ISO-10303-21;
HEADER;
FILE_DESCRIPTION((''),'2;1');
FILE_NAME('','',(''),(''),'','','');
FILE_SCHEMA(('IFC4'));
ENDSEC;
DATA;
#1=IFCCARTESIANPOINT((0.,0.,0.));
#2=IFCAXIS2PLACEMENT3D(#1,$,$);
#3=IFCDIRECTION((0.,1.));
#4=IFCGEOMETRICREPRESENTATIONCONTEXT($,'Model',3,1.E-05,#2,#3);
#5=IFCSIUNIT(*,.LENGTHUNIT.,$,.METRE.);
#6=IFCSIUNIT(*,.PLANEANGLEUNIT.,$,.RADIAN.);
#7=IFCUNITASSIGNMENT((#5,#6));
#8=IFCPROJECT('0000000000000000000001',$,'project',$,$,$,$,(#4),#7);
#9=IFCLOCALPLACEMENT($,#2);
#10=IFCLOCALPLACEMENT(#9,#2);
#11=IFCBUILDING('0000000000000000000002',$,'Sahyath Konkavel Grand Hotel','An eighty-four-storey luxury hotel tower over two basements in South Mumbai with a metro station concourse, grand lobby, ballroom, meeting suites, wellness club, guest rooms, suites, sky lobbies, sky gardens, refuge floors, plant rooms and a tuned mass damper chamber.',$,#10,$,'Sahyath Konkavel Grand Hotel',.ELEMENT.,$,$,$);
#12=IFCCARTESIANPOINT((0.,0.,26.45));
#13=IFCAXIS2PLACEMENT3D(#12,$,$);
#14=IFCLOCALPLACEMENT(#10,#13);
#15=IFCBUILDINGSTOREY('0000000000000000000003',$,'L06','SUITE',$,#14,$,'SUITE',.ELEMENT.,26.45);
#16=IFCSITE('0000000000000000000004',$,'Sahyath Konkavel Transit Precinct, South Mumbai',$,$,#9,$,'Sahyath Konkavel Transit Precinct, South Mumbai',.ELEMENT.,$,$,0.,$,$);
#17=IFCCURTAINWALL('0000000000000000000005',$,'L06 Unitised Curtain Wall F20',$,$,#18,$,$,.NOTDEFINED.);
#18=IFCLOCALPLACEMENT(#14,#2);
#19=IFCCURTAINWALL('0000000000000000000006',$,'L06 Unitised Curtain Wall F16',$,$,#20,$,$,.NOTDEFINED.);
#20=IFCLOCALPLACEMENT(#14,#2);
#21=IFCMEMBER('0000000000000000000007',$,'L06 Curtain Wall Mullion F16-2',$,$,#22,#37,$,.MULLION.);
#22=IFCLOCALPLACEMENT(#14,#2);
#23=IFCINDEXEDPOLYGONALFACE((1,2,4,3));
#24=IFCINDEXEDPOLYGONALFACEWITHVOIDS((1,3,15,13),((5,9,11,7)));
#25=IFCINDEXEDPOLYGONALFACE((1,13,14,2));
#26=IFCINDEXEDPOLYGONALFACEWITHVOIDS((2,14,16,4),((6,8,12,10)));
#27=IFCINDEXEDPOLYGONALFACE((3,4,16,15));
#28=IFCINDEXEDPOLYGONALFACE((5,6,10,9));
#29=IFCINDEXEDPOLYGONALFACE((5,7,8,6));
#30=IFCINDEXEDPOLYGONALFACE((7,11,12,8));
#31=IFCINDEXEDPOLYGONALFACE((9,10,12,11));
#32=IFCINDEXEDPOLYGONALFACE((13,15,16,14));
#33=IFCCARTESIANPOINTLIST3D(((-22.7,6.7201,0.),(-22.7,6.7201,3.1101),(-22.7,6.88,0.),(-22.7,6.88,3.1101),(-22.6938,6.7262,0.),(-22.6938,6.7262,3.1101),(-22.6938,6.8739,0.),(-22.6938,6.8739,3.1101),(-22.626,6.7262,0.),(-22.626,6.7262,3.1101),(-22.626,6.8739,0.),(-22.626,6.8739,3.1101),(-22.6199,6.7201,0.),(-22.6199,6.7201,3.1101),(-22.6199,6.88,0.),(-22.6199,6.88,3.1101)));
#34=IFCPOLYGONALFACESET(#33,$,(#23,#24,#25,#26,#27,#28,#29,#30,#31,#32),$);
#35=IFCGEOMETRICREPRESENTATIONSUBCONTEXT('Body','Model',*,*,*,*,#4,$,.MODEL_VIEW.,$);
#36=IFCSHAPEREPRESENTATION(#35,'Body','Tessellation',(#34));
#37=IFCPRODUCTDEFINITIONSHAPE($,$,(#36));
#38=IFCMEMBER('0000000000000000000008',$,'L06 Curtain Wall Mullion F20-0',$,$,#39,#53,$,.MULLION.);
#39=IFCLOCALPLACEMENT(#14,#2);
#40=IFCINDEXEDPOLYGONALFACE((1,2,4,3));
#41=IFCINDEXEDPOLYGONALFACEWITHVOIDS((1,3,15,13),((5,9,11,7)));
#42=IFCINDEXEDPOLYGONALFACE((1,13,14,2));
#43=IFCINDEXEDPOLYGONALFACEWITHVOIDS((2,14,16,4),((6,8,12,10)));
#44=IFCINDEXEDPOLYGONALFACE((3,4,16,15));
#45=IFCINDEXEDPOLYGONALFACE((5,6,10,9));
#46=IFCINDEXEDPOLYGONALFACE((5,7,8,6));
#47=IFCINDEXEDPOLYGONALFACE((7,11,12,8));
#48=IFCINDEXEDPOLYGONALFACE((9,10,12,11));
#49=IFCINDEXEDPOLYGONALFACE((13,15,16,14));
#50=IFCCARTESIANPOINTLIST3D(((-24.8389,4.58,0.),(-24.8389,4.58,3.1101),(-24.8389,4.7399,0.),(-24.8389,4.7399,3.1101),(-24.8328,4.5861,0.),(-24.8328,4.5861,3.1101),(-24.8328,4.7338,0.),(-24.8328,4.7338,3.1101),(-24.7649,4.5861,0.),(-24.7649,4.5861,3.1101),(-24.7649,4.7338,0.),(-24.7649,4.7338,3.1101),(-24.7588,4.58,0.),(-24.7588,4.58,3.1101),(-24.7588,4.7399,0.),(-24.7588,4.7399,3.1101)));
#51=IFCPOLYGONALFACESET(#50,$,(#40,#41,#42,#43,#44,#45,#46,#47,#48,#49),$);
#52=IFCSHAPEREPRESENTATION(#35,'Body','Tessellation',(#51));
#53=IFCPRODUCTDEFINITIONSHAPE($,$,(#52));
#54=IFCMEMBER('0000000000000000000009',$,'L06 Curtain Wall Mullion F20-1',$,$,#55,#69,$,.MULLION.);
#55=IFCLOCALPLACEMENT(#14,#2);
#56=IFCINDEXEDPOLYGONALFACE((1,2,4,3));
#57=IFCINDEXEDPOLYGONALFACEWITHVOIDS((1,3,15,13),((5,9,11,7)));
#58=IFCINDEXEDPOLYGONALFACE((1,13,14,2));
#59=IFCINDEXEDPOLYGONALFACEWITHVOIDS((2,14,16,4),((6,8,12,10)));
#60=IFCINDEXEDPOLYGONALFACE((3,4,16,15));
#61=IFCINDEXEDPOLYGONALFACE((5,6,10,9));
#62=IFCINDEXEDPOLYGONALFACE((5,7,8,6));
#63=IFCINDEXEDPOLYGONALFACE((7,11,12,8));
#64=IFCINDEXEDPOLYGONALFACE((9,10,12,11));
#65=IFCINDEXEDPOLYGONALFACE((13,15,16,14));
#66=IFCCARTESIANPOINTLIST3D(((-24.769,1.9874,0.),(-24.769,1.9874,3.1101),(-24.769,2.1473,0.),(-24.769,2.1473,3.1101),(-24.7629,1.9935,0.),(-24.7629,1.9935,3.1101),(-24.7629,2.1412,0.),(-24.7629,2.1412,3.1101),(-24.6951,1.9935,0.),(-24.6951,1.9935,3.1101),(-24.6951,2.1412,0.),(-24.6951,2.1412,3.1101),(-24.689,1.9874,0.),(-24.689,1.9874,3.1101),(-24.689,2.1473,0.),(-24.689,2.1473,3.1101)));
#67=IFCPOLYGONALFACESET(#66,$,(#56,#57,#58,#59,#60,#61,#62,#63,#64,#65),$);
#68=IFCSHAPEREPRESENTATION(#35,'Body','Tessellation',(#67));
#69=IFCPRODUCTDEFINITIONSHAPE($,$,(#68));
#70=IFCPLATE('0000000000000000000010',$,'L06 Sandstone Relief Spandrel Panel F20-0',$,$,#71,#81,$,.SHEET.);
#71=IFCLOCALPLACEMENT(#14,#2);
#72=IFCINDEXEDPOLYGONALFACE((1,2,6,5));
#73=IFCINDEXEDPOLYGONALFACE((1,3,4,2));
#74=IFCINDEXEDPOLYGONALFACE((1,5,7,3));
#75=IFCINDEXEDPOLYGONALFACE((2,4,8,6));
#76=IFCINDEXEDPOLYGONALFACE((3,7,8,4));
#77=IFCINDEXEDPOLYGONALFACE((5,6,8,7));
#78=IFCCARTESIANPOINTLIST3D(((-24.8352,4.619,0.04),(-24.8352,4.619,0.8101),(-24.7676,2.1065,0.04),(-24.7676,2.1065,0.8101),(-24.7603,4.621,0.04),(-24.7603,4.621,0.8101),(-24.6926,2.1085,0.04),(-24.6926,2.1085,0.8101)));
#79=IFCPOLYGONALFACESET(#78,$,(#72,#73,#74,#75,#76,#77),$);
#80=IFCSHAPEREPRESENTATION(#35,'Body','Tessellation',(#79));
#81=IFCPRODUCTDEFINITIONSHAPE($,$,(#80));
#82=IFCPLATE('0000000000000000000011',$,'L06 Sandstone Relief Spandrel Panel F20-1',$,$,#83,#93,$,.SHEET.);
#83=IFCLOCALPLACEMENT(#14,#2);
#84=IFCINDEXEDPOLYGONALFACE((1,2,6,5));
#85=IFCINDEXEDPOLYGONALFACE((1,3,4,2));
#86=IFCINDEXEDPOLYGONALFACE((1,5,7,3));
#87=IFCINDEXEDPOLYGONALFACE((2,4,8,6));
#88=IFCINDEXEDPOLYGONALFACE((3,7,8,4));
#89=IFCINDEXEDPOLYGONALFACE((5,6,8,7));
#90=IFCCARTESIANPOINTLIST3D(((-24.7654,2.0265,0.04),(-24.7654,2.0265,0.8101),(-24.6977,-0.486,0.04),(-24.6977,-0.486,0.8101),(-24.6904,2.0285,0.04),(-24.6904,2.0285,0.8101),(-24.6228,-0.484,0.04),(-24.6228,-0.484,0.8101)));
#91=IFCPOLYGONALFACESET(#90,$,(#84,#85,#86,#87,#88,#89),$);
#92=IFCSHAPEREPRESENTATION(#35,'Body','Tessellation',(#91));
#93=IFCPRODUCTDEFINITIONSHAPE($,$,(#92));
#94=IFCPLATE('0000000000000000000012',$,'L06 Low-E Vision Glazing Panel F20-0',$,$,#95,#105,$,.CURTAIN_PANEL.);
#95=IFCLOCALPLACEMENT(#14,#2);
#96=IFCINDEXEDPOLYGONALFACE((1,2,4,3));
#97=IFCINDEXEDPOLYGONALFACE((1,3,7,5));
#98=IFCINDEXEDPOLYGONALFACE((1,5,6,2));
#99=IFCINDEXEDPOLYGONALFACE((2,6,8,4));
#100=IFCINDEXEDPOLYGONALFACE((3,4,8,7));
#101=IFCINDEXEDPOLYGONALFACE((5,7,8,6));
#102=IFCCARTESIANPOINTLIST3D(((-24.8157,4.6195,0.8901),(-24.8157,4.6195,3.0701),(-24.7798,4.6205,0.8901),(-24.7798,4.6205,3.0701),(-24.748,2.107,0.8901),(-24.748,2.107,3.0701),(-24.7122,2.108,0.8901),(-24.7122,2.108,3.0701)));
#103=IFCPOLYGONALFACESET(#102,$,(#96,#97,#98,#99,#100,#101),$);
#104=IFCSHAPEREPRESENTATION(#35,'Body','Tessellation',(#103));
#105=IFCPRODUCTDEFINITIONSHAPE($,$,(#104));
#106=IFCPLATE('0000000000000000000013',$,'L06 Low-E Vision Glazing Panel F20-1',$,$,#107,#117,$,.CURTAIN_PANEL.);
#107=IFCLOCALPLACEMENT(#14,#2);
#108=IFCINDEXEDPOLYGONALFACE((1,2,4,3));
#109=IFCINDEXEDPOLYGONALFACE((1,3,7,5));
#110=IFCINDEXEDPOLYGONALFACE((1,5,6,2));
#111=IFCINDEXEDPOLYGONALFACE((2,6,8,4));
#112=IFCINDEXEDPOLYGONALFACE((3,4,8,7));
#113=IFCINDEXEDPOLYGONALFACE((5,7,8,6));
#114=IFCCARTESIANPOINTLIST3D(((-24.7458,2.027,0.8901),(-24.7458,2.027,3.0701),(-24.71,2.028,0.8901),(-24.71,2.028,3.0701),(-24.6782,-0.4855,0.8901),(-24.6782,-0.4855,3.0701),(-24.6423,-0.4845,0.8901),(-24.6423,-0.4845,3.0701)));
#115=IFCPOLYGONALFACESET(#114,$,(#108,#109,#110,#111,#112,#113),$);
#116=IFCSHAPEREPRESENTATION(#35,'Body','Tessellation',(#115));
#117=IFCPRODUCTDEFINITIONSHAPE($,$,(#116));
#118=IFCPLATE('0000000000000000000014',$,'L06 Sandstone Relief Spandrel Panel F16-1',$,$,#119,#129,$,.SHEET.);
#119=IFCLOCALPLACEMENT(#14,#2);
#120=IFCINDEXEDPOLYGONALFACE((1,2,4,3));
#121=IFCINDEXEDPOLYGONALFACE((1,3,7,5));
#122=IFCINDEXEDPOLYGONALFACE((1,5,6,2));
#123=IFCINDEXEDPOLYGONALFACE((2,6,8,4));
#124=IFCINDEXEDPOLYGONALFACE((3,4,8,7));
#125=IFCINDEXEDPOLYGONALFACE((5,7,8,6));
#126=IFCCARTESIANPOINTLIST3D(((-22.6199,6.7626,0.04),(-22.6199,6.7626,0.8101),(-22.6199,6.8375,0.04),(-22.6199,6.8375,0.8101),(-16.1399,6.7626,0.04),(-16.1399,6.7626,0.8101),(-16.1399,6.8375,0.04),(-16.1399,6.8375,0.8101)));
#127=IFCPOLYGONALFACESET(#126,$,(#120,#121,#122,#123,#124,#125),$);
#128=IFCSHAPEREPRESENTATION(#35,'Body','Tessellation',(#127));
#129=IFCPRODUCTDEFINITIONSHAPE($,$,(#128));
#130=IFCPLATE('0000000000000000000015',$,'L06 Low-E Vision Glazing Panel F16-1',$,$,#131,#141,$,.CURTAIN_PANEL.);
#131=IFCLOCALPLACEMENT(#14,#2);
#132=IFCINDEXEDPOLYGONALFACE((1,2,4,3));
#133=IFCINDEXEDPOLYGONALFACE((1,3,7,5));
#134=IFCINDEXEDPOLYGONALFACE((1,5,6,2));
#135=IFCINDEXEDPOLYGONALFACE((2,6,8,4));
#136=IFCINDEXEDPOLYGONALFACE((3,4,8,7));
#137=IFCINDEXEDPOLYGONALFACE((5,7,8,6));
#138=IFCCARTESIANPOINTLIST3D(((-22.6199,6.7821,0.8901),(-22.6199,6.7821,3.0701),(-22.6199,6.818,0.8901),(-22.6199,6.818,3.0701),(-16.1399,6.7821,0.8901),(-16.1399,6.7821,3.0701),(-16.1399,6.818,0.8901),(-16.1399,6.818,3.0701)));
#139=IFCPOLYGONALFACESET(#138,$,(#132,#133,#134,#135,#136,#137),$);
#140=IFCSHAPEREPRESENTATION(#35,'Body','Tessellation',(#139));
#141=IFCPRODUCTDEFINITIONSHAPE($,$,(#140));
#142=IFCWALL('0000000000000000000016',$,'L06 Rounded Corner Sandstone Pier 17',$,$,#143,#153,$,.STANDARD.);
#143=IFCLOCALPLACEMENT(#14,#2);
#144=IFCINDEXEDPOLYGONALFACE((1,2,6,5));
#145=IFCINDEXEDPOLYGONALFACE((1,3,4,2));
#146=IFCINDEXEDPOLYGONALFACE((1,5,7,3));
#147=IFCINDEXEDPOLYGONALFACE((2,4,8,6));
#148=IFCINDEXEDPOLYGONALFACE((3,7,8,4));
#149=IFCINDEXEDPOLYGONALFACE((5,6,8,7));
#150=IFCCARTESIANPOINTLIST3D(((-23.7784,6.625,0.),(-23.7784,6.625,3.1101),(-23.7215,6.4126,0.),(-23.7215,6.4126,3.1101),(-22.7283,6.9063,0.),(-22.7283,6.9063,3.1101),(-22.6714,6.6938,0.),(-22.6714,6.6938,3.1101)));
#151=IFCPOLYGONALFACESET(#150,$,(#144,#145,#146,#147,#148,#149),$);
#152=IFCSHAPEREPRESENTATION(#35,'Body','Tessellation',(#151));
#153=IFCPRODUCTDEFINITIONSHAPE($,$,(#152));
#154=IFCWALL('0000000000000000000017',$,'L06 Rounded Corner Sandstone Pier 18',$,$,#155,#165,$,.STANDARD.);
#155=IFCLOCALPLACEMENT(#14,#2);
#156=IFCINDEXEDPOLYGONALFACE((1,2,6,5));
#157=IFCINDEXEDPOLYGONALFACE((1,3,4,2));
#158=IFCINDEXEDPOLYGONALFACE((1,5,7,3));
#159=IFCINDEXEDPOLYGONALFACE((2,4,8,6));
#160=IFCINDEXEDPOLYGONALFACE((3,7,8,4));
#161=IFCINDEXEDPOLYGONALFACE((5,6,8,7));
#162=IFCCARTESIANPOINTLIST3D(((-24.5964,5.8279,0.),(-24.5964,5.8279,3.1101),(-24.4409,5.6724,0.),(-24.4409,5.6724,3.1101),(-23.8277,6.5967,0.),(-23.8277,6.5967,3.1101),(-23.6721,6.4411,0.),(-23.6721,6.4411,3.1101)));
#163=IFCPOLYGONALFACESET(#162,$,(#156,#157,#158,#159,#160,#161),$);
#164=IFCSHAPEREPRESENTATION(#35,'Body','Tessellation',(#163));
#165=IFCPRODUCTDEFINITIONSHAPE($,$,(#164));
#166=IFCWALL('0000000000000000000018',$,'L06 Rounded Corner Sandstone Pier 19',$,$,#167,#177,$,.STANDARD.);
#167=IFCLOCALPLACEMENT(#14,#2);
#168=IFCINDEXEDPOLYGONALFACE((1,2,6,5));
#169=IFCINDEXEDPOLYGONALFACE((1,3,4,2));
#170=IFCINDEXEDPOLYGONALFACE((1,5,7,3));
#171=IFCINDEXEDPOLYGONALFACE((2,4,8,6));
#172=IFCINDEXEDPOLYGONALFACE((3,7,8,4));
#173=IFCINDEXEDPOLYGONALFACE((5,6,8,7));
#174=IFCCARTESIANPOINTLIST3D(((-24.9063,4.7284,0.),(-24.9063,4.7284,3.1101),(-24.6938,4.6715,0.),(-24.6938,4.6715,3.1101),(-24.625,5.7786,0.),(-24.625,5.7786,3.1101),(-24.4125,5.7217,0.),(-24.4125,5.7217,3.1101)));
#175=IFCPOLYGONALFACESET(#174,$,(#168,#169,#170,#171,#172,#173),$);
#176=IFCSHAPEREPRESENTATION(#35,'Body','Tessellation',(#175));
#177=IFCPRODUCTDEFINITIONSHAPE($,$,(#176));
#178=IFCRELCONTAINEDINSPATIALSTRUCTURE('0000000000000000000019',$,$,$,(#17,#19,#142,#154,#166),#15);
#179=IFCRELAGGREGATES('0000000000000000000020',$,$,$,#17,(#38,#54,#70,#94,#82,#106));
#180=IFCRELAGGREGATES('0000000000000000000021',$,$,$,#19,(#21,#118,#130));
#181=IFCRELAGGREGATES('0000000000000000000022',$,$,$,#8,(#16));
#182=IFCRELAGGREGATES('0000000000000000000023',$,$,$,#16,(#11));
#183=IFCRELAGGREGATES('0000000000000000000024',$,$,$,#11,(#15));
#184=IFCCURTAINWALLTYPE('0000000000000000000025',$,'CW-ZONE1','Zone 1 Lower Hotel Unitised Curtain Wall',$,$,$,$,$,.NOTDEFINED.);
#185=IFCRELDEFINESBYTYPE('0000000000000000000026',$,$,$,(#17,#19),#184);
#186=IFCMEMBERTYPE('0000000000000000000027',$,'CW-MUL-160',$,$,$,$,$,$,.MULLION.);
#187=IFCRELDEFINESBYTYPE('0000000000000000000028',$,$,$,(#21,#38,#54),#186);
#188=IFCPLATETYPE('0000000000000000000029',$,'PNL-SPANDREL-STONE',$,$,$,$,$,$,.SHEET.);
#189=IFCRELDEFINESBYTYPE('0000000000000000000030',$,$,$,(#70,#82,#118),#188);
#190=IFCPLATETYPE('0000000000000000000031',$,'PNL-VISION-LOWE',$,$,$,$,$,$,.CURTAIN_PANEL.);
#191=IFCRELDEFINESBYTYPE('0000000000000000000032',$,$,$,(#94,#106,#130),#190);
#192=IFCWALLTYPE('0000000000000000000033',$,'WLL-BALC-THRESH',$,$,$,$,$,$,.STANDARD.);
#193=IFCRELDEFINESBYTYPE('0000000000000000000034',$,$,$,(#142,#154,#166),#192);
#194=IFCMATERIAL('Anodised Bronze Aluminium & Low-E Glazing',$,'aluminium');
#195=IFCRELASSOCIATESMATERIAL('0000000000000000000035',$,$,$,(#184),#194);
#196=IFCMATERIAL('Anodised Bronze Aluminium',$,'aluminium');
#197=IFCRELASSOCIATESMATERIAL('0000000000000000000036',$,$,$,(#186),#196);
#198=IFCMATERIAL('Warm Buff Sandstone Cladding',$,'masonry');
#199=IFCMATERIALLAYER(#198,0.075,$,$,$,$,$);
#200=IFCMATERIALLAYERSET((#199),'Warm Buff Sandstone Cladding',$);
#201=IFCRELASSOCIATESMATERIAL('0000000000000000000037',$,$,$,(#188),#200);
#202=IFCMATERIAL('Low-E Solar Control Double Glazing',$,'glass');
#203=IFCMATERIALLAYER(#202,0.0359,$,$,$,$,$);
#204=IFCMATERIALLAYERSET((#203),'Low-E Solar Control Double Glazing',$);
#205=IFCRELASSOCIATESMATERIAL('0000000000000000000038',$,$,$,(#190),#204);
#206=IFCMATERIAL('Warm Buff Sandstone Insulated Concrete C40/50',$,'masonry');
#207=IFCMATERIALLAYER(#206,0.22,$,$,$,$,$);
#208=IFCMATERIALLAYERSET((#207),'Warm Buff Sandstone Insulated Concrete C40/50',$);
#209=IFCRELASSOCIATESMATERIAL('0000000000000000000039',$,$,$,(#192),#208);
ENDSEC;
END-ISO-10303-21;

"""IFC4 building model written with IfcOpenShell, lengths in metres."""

from ifc_helpers import new_model, si_unit, direction, frame, frame_2d, origin, origin_2d, place, context, subcontext, project, spatial, rectangle, hollow_rectangle, extrude, source, transform, mapped, material, layer, layer_set, material_profile, profile_set, type_object, element, aggregate, save


model = new_model("IFC4")

# Units and contexts
model_context = context("Model", 3, precision=1e-05, world=origin(), true_north=direction((0.0, 1.0)))
body_context = subcontext(model_context, "Body", "Model", "MODEL_VIEW")
ifc_project = project(units=[si_unit("LENGTHUNIT", "METRE"), si_unit("PLANEANGLEUNIT", "RADIAN")], contexts=[model_context])

# Site, building, storey
site_placement = place(None, origin())
site = spatial("IfcSite", under=ifc_project, at=site_placement, Name="Sahyath Konkavel Transit Precinct, South Mumbai", LongName="Sahyath Konkavel Transit Precinct, South Mumbai", CompositionType="ELEMENT", RefElevation=0.0)
building_placement = place(site_placement, origin())
building = spatial("IfcBuilding", under=site, at=building_placement, Name="Sahyath Konkavel Grand Hotel", Description="An eighty-four-storey luxury hotel tower over two basements in South Mumbai with a metro station concourse, grand lobby, ballroom, meeting suites, wellness club, guest rooms, suites, sky lobbies, sky gardens, refuge floors, plant rooms and a tuned mass damper chamber.", LongName="Sahyath Konkavel Grand Hotel", CompositionType="ELEMENT")
storey_placement = place(building_placement, frame((0.0, 0.0, 26.45)))
storey = spatial("IfcBuildingStorey", under=building, at=storey_placement, Name="L06", Description="SUITE", LongName="SUITE", CompositionType="ELEMENT", Elevation=26.45)

# Curtain walls, member
ifc_material_1 = material(Name="Anodised Bronze Aluminium & Low-E Glazing", Category="aluminium")
curtain_wall_type = type_object("IfcCurtainWallType", Name="CW-ZONE1", Description="Zone 1 Lower Hotel Unitised Curtain Wall", PredefinedType="NOTDEFINED", material=ifc_material_1)
curtain_wall_1_placement = place(storey_placement, origin())
curtain_wall_1 = element("IfcCurtainWall", 1, at=curtain_wall_1_placement, inside=storey, type_object=curtain_wall_type, Name="L06 Unitised Curtain Wall F20", PredefinedType="NOTDEFINED")
ifc_material_2 = material(Name="Anodised Bronze Aluminium", Category="aluminium")
curtain_wall_2_placement = place(storey_placement, origin())
curtain_wall_2 = element("IfcCurtainWall", 2, at=curtain_wall_2_placement, inside=storey, type_object=curtain_wall_type, Name="L06 Unitised Curtain Wall F16", PredefinedType="NOTDEFINED")
ifc_material_profile_1 = material_profile(ifc_material_2, hollow_rectangle(XDim=0.0801, YDim=0.1599, WallThickness=0.0061, at=origin_2d()), Name="RHS 160x80x6")
ifc_profile_set_1 = profile_set([ifc_material_profile_1], Name="Anodised Bronze Aluminium")
member_type_1 = type_object("IfcMemberType", Name="CW-MUL-160", PredefinedType="MULLION", material=ifc_profile_set_1)
shared_shape_1 = source(origin(), body_context, "Body", "SweptSolid", [
    extrude(hollow_rectangle(XDim=0.0801, YDim=0.1599, WallThickness=0.0061, at=origin_2d()), origin(), (0.0, 0.0, 1.0), 3.1101),
])
member_1_placement = place(storey_placement, frame((-22.6599, 6.8, 0.0), z_axis=(0.0, 0.0, 1.0), x_axis=(1.0, 0.0, 0.0)))
member_1 = element("IfcMember", 3, at=member_1_placement, type_object=member_type_1, Name="L06 Curtain Wall Mullion F16-2", PredefinedType="MULLION", context=body_context, shape_type="MappedRepresentation", body=[
    mapped(shared_shape_1, transform((0.0, 0.0, 0.0), scale=1.0)),
])

# Members
member_2_placement = place(storey_placement, frame((-24.7988, 4.6599, 0.0), z_axis=(0.0, 0.0, 1.0), x_axis=(1.0, 0.0, 0.0)))
member_2 = element("IfcMember", 4, at=member_2_placement, type_object=member_type_1, Name="L06 Curtain Wall Mullion F20-0", PredefinedType="MULLION", context=body_context, shape_type="MappedRepresentation", body=[
    mapped(shared_shape_1, transform((0.0, 0.0, 0.0), scale=1.0)),
])
member_3_placement = place(storey_placement, frame((-24.729, 2.0674, 0.0), z_axis=(0.0, 0.0, 1.0), x_axis=(1.0, 0.0, 0.0)))
member_3 = element("IfcMember", 5, at=member_3_placement, type_object=member_type_1, Name="L06 Curtain Wall Mullion F20-1", PredefinedType="MULLION", context=body_context, shape_type="MappedRepresentation", body=[
    mapped(shared_shape_1, transform((0.0, 0.0, 0.0), scale=1.0)),
])

# Plates
ifc_material_3 = material(Name="Warm Buff Sandstone Cladding", Category="masonry")
ifc_layer_1 = layer(ifc_material_3, 0.075)
ifc_layer_set_1 = layer_set([ifc_layer_1], Name="Warm Buff Sandstone Cladding")
plate_type_1 = type_object("IfcPlateType", Name="PNL-SPANDREL-STONE", PredefinedType="SHEET", material=ifc_layer_set_1)
shared_shape_2 = source(origin(), body_context, "Body", "SweptSolid", [
    extrude(rectangle(XDim=2.5134, YDim=0.075, at=origin_2d()), origin(), (0.0, 0.0, 1.0), 0.77),
])
plate_1_placement = place(storey_placement, frame((-24.7639, 3.3638, 0.04), z_axis=(0.0, 0.0, 1.0), x_axis=(0.02691, -0.999638, 0.0)))
plate_1 = element("IfcPlate", 6, at=plate_1_placement, type_object=plate_type_1, Name="L06 Sandstone Relief Spandrel Panel F20-0", PredefinedType="SHEET", context=body_context, shape_type="MappedRepresentation", body=[
    mapped(shared_shape_2, transform((0.0, 0.0, 0.0), scale=1.0)),
])
plate_2_placement = place(storey_placement, frame((-24.6941, 0.7712, 0.04), z_axis=(0.0, 0.0, 1.0), x_axis=(0.02691, -0.999638, 0.0)))
plate_2 = element("IfcPlate", 7, at=plate_2_placement, type_object=plate_type_1, Name="L06 Sandstone Relief Spandrel Panel F20-1", PredefinedType="SHEET", context=body_context, shape_type="MappedRepresentation", body=[
    mapped(shared_shape_2, transform((0.0, 0.0, 0.0), scale=1.0)),
])
ifc_material_4 = material(Name="Low-E Solar Control Double Glazing", Category="glass")
ifc_layer_2 = layer(ifc_material_4, 0.0359)
ifc_layer_set_2 = layer_set([ifc_layer_2], Name="Low-E Solar Control Double Glazing")
plate_type_2 = type_object("IfcPlateType", Name="PNL-VISION-LOWE", PredefinedType="CURTAIN_PANEL", material=ifc_layer_set_2)
shared_shape_3 = source(origin(), body_context, "Body", "SweptSolid", [
    extrude(rectangle(XDim=2.5134, YDim=0.0359, at=origin_2d()), origin(), (0.0, 0.0, 1.0), 2.1799),
])
plate_3_placement = place(storey_placement, frame((-24.7639, 3.3638, 0.8901), z_axis=(0.0, 0.0, 1.0), x_axis=(0.02691, -0.999638, 0.0)))
plate_3 = element("IfcPlate", 8, at=plate_3_placement, type_object=plate_type_2, Name="L06 Low-E Vision Glazing Panel F20-0", PredefinedType="CURTAIN_PANEL", context=body_context, shape_type="MappedRepresentation", body=[
    mapped(shared_shape_3, transform((0.0, 0.0, 0.0), scale=1.0)),
])
plate_4_placement = place(storey_placement, frame((-24.6941, 0.7712, 0.8901), z_axis=(0.0, 0.0, 1.0), x_axis=(0.02691, -0.999638, 0.0)))
plate_4 = element("IfcPlate", 9, at=plate_4_placement, type_object=plate_type_2, Name="L06 Low-E Vision Glazing Panel F20-1", PredefinedType="CURTAIN_PANEL", context=body_context, shape_type="MappedRepresentation", body=[
    mapped(shared_shape_3, transform((0.0, 0.0, 0.0), scale=1.0)),
])
aggregate(curtain_wall_1, [member_2, member_3, plate_1, plate_3, plate_2, plate_4])
shared_shape_4 = source(origin(), body_context, "Body", "SweptSolid", [
    extrude(rectangle(XDim=6.48, YDim=0.075, at=origin_2d()), origin(), (0.0, 0.0, 1.0), 0.77),
])
plate_5_placement = place(storey_placement, frame((-19.3799, 6.8, 0.04), z_axis=(0.0, 0.0, 1.0), x_axis=(-1.0, 0.0, 0.0)))
plate_5 = element("IfcPlate", 10, at=plate_5_placement, type_object=plate_type_1, Name="L06 Sandstone Relief Spandrel Panel F16-1", PredefinedType="SHEET", context=body_context, shape_type="MappedRepresentation", body=[
    mapped(shared_shape_4, transform((0.0, 0.0, 0.0), scale=1.0)),
])
shared_shape_5 = source(origin(), body_context, "Body", "SweptSolid", [
    extrude(rectangle(XDim=6.48, YDim=0.0359, at=origin_2d()), origin(), (0.0, 0.0, 1.0), 2.1799),
])
plate_6_placement = place(storey_placement, frame((-19.3799, 6.8, 0.8901), z_axis=(0.0, 0.0, 1.0), x_axis=(-1.0, 0.0, 0.0)))
plate_6 = element("IfcPlate", 11, at=plate_6_placement, type_object=plate_type_2, Name="L06 Low-E Vision Glazing Panel F16-1", PredefinedType="CURTAIN_PANEL", context=body_context, shape_type="MappedRepresentation", body=[
    mapped(shared_shape_5, transform((0.0, 0.0, 0.0), scale=1.0)),
])
aggregate(curtain_wall_2, [member_1, plate_5, plate_6])

# Walls
ifc_material_5 = material(Name="Warm Buff Sandstone Insulated Concrete C40/50", Category="masonry")
ifc_layer_3 = layer(ifc_material_5, 0.22)
ifc_layer_set_3 = layer_set([ifc_layer_3], Name="Warm Buff Sandstone Insulated Concrete C40/50")
wall_type_1 = type_object("IfcWallType", Name="WLL-BALC-THRESH", PredefinedType="STANDARD", material=ifc_layer_set_3)
for number, where, z_axis, x_axis, name in (
    (12, (-22.7, 6.8, 0.0), (0.0, 0.0, 1.0), (-0.965951, -0.258725, 0.0), "L06 Rounded Corner Sandstone Pier 17"),
    (13, (-23.75, 6.5188, 0.0), (0.0, 0.0, 1.0), (-0.707107, -0.707107, 0.0), "L06 Rounded Corner Sandstone Pier 18"),
    (14, (-24.5188, 5.75, 0.0), (0.0, 0.0, 1.0), (-0.258725, -0.965951, 0.0), "L06 Rounded Corner Sandstone Pier 19"),
):
    element("IfcWall", number, at=place(storey_placement, frame(where, z_axis=z_axis, x_axis=x_axis)), inside=storey, type_object=wall_type_1, Name=name, PredefinedType="STANDARD", context=body_context, shape_type="SweptSolid", body=[
        extrude(rectangle(XDim=1.0872, YDim=0.22, at=frame_2d((0.5435, 0.0))), origin(), (0.0, 0.0, 1.0), 3.1101),
    ])

save(model, "model.ifc")
